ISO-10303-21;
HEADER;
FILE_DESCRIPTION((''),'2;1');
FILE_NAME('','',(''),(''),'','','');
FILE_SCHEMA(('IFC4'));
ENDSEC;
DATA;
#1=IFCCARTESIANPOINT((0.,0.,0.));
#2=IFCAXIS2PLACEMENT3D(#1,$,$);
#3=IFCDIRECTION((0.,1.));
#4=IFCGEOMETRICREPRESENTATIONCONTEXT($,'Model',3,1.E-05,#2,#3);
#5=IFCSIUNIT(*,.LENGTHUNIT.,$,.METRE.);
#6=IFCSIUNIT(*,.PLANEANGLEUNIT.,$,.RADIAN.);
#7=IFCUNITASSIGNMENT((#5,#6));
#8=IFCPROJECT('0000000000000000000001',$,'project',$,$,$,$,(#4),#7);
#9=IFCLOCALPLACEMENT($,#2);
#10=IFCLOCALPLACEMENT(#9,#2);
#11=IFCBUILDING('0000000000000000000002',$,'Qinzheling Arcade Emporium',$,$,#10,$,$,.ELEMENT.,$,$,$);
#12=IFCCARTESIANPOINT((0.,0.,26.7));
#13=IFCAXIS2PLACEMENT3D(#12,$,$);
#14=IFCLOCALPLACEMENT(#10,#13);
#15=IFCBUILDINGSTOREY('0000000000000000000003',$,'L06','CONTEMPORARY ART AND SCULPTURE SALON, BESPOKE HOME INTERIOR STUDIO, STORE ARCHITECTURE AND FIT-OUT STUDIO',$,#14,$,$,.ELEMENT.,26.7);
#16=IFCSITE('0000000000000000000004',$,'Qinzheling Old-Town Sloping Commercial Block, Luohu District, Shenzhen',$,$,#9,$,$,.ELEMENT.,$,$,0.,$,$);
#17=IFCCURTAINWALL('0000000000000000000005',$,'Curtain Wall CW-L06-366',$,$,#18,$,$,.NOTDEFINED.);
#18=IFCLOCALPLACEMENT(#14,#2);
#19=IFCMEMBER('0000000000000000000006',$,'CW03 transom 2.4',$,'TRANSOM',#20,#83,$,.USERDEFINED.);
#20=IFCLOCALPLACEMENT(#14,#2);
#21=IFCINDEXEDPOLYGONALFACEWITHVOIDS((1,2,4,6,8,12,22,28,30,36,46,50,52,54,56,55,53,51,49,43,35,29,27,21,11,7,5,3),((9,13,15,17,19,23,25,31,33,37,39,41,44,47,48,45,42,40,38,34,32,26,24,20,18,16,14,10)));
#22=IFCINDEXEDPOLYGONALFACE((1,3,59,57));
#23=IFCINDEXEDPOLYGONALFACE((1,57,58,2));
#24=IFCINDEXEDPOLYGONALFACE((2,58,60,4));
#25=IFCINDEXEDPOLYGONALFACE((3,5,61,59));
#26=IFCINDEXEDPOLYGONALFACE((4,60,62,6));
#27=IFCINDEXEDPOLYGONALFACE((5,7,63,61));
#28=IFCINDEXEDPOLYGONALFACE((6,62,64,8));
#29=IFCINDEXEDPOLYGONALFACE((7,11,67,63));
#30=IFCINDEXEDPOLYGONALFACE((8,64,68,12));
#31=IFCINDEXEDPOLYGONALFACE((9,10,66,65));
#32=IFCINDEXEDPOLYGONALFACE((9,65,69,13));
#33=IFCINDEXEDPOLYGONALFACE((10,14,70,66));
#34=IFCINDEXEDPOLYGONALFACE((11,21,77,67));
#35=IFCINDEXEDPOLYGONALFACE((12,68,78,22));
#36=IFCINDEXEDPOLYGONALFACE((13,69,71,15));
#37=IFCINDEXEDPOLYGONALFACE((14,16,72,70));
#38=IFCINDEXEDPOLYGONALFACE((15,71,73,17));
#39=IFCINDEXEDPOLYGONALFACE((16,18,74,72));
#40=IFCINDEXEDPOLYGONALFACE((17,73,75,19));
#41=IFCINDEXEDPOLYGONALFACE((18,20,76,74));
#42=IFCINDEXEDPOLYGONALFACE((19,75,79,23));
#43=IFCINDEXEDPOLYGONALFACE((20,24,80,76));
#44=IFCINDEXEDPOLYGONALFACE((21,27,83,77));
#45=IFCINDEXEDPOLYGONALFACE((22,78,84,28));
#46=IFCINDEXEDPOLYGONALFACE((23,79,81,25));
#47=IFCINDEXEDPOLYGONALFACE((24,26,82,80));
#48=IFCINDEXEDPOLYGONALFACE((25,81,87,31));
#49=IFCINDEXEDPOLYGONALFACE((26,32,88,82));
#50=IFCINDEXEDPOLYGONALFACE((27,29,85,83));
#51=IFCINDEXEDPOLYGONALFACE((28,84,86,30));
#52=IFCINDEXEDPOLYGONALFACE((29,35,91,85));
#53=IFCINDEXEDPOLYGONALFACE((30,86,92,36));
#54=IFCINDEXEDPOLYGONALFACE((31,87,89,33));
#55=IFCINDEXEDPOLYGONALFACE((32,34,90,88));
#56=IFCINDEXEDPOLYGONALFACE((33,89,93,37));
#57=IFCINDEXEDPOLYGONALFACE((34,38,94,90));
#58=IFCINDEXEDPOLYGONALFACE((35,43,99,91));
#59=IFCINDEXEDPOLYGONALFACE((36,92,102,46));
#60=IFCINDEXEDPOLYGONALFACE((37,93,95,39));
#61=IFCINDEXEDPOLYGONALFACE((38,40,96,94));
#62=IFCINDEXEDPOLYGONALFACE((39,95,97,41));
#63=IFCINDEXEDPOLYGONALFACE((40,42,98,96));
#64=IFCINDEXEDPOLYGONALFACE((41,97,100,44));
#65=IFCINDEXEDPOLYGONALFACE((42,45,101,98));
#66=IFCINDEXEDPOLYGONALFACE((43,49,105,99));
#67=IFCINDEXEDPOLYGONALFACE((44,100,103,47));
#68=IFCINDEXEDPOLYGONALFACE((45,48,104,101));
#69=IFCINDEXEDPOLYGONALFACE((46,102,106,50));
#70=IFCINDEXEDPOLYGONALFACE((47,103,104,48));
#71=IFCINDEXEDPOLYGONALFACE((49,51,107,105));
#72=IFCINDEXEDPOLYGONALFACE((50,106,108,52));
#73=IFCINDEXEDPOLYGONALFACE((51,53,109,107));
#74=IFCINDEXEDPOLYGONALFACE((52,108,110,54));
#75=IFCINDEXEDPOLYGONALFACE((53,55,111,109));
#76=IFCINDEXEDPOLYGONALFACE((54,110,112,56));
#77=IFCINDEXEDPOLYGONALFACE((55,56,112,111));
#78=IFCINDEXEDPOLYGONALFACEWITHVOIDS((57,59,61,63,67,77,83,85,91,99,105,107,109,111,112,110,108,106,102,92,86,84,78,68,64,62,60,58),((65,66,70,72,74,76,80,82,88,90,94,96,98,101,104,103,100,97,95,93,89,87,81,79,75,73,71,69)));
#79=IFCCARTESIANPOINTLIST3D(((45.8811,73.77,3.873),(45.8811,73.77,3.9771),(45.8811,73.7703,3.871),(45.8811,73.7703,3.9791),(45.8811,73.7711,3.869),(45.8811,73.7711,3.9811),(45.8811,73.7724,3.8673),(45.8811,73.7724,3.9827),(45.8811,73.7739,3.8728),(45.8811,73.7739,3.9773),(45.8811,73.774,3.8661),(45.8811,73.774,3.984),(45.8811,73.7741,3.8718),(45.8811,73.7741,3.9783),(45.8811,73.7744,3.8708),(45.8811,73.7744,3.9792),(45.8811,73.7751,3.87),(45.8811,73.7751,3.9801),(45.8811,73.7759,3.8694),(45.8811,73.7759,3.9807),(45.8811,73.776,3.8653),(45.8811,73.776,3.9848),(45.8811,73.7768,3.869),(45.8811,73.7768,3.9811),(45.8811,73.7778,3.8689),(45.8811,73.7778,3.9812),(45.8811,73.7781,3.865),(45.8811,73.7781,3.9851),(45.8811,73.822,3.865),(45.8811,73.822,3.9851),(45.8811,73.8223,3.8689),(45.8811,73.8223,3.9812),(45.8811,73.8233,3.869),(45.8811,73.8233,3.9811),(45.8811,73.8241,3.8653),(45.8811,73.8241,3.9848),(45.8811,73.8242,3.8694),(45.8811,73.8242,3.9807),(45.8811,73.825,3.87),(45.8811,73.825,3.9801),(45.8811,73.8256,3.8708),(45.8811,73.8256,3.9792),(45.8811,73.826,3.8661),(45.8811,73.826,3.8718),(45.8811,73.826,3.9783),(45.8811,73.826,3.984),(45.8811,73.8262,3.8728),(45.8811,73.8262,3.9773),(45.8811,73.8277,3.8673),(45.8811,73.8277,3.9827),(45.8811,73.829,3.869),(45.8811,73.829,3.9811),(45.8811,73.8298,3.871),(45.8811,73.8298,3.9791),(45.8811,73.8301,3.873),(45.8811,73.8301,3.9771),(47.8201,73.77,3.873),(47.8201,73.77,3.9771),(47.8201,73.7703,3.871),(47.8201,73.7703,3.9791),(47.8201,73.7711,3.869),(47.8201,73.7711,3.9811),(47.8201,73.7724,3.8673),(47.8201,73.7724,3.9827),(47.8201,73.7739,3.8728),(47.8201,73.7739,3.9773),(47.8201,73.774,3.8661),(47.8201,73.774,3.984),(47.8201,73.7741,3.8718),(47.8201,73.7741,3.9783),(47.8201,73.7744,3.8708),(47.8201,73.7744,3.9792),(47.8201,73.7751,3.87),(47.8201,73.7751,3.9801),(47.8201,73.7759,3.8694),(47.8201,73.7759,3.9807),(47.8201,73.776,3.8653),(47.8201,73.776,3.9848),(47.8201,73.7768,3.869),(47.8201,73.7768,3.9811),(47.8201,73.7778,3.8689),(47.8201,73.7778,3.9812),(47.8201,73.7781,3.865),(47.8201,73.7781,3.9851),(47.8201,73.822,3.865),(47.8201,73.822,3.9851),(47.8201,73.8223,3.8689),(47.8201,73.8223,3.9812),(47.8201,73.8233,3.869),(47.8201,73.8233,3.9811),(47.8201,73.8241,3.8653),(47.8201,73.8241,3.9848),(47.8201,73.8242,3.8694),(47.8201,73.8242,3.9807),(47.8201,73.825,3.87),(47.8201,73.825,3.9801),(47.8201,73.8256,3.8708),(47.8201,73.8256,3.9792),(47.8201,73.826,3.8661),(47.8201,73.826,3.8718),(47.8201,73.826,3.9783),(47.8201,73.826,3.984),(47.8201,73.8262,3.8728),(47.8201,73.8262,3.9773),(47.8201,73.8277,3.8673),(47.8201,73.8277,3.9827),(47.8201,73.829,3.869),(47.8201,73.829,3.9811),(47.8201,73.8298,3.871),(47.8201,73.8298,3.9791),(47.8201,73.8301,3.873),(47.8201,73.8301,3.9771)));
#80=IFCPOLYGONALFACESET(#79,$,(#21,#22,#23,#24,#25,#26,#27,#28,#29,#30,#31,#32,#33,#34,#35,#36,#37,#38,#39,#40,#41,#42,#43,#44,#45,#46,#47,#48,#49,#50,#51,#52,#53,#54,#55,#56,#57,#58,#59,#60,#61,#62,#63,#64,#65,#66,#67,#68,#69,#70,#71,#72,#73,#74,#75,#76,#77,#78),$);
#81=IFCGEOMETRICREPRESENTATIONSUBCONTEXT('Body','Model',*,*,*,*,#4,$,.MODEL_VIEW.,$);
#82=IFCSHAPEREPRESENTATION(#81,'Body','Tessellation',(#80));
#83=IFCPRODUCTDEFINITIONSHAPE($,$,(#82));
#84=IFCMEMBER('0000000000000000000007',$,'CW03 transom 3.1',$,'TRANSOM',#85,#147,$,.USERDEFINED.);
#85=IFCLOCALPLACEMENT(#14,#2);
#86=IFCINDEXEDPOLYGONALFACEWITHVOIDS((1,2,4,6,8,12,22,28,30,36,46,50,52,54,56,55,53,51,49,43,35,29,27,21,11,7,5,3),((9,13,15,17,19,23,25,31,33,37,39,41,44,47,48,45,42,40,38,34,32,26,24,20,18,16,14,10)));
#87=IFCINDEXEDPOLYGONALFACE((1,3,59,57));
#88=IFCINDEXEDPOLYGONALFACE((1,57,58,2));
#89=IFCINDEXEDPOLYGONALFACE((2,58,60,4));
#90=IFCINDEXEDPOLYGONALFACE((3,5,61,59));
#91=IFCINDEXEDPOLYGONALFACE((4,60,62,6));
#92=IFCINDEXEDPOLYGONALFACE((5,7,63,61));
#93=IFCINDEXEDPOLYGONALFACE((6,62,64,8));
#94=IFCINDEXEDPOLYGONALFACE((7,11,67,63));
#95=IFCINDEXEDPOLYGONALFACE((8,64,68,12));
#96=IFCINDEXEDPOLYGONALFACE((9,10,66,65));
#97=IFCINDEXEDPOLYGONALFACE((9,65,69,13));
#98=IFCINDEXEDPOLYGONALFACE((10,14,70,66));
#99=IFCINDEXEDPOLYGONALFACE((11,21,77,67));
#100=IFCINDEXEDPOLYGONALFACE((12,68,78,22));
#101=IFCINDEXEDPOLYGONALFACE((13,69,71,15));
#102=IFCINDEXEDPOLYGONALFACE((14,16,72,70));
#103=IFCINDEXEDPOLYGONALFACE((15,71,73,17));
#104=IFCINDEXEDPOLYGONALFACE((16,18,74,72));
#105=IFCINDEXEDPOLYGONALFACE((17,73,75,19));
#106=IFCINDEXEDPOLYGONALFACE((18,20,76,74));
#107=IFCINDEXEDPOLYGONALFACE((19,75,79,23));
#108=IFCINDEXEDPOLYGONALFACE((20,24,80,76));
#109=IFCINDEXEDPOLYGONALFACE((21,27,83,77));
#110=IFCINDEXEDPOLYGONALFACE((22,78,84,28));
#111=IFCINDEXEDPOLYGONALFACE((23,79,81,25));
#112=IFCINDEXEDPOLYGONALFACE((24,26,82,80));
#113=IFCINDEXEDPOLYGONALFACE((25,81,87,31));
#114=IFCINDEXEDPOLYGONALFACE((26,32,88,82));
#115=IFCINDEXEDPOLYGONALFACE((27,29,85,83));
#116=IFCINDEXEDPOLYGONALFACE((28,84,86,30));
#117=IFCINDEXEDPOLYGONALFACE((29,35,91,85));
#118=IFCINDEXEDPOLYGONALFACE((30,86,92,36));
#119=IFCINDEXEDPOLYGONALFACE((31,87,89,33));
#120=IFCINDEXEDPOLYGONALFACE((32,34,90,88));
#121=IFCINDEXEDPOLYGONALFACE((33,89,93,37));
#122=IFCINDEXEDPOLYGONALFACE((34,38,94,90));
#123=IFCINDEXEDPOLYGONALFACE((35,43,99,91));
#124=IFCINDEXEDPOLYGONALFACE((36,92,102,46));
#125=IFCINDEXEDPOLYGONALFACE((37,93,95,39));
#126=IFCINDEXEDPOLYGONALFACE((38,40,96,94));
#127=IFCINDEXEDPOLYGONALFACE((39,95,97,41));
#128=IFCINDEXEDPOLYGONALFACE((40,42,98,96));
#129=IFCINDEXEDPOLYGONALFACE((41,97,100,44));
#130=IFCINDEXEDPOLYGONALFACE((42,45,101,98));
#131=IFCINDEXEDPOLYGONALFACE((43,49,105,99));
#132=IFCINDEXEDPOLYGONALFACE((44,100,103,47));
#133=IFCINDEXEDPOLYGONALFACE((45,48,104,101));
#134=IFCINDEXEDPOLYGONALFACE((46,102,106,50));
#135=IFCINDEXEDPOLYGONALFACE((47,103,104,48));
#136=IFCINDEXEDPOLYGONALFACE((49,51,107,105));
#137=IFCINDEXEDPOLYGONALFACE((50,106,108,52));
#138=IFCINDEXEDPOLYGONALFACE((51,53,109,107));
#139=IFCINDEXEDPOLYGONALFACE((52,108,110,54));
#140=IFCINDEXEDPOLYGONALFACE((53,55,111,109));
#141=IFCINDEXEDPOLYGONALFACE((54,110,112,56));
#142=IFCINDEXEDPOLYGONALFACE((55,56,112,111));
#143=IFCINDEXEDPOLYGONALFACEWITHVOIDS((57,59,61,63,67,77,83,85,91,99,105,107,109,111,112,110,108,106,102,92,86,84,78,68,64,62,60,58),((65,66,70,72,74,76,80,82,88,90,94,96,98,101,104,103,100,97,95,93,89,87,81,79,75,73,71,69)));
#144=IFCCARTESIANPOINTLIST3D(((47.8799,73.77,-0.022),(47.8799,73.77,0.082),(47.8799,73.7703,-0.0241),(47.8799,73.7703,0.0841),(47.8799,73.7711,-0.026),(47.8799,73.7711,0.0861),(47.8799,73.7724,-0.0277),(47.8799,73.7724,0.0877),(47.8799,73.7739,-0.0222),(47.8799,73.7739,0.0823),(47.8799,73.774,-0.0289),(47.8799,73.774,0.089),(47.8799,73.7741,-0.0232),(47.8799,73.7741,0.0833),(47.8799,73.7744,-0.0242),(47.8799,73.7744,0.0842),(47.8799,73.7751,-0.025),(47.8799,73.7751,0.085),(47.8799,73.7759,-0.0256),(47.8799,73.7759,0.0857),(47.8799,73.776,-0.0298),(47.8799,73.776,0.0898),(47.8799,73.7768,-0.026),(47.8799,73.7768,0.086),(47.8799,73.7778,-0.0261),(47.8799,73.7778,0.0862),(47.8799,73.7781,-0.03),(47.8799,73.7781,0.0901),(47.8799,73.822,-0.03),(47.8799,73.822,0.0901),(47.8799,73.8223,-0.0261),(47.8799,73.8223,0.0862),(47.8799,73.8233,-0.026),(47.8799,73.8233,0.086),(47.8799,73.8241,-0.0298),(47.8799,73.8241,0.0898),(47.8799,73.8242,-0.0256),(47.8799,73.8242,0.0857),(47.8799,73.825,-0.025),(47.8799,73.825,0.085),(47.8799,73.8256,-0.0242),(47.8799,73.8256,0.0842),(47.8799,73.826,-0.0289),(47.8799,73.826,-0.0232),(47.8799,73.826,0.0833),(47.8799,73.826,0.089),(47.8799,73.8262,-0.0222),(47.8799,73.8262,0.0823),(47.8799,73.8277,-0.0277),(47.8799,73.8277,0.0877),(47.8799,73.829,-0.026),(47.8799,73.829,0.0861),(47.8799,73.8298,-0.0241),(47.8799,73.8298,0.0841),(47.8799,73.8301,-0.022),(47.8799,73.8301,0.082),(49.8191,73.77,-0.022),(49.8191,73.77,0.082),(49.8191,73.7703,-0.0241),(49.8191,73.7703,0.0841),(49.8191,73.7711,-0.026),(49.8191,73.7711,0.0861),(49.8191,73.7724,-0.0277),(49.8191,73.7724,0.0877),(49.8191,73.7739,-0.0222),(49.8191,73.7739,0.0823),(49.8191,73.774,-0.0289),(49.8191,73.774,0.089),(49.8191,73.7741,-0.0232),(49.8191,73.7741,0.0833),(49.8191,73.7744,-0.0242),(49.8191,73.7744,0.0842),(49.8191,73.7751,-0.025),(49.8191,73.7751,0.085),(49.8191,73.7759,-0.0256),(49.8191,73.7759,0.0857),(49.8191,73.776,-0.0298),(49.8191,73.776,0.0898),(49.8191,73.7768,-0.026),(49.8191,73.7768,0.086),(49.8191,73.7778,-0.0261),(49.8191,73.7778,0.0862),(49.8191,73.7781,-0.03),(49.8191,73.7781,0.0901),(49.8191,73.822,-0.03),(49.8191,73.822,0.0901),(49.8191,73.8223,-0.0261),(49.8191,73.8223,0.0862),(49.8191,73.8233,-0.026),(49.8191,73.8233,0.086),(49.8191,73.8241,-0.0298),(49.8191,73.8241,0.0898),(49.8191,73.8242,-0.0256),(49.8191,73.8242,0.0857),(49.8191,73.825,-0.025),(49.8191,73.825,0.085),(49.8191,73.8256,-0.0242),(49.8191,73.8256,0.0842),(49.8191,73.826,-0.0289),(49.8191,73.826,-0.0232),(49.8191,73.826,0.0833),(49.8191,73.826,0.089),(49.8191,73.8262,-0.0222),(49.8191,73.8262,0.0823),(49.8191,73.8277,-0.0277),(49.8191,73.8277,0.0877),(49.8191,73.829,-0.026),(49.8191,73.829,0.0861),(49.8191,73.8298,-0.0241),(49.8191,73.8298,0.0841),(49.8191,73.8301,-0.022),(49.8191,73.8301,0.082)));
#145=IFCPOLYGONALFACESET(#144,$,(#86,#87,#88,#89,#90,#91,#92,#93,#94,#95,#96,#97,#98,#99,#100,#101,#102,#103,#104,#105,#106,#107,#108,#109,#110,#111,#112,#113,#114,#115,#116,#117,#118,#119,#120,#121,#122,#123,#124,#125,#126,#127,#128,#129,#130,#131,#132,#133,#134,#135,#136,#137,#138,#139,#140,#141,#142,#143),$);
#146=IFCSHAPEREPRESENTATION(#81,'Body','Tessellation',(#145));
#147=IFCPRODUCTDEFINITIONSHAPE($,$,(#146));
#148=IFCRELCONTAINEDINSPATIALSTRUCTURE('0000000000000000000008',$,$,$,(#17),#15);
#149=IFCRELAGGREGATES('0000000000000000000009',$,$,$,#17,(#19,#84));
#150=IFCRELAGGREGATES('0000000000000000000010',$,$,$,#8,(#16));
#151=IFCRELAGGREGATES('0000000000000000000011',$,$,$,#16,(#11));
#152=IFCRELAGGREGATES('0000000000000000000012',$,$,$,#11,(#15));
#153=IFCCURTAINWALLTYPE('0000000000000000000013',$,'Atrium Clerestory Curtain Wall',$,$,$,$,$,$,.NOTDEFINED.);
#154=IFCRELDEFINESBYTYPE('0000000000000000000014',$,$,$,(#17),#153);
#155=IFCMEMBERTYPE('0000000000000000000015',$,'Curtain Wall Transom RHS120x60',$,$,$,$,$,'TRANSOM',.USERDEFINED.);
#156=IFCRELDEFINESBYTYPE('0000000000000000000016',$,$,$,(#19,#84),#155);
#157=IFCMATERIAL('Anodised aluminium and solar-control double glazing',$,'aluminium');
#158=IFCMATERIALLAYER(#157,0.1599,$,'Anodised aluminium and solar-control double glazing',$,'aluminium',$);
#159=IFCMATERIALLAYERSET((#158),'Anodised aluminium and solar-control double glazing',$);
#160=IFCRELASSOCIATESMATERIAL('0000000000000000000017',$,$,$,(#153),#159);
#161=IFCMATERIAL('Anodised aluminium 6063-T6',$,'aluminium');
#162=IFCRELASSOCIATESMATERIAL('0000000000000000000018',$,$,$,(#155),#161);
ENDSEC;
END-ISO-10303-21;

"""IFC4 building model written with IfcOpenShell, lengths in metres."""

from ifc_helpers import new_model, si_unit, direction, frame, origin, origin_2d, place, context, subcontext, project, spatial, hollow_rectangle, extrude, material, layer, layer_set, material_profile, profile_set, type_object, element, aggregate, save


model = new_model("IFC4")

# Units and contexts
model_context = context("Model", 3, precision=1e-05, world=origin(), true_north=direction((0.0, 1.0)))
body_context = subcontext(model_context, "Body", "Model", "MODEL_VIEW")
ifc_project = project(units=[si_unit("LENGTHUNIT", "METRE"), si_unit("PLANEANGLEUNIT", "RADIAN")], contexts=[model_context])

# Site, building, storey
site_placement = place(None, origin())
site = spatial("IfcSite", under=ifc_project, at=site_placement, Name="Qinzheling Old-Town Sloping Commercial Block, Luohu District, Shenzhen", CompositionType="ELEMENT", RefElevation=0.0)
building_placement = place(site_placement, origin())
building = spatial("IfcBuilding", under=site, at=building_placement, Name="Qinzheling Arcade Emporium", CompositionType="ELEMENT")
storey_placement = place(building_placement, frame((0.0, 0.0, 26.7)))
storey = spatial("IfcBuildingStorey", under=building, at=storey_placement, Name="L06", Description="CONTEMPORARY ART AND SCULPTURE SALON, BESPOKE HOME INTERIOR STUDIO, STORE ARCHITECTURE AND FIT-OUT STUDIO", CompositionType="ELEMENT", Elevation=26.7)

# Curtain wall, members
ifc_material_1 = material(Name="Anodised aluminium and solar-control double glazing", Category="aluminium")
ifc_layer_1 = layer(ifc_material_1, 0.1599, Name="Anodised aluminium and solar-control double glazing", Category="aluminium")
ifc_layer_set_1 = layer_set([ifc_layer_1], Name="Anodised aluminium and solar-control double glazing")
curtain_wall_type = type_object("IfcCurtainWallType", Name="Atrium Clerestory Curtain Wall", PredefinedType="NOTDEFINED", material=ifc_layer_set_1)
curtain_wall_placement = place(storey_placement, origin())
curtain_wall = element("IfcCurtainWall", 1, at=curtain_wall_placement, inside=storey, type_object=curtain_wall_type, Name="Curtain Wall CW-L06-366", PredefinedType="NOTDEFINED")
ifc_material_2 = material(Name="Anodised aluminium 6063-T6", Category="aluminium")
ifc_material_profile_1 = material_profile(ifc_material_2, hollow_rectangle(XDim=0.0601, YDim=0.1201, WallThickness=0.0039, InnerFilletRadius=0.0039, OuterFilletRadius=0.0081, at=origin_2d()), Name="RHS 120x60x4", Category="aluminium")
ifc_profile_set_1 = profile_set([ifc_material_profile_1], Name="Anodised aluminium 6063-T6")
member_type_1 = type_object("IfcMemberType", Name="Curtain Wall Transom RHS120x60", ElementType="TRANSOM", PredefinedType="USERDEFINED", material=ifc_profile_set_1)
member_1_placement = place(storey_placement, frame((45.8811, 73.8, 3.925), z_axis=(1.0, 0.0, 0.0), x_axis=(0.0, 1.0, 0.0)))
member_1 = element("IfcMember", 2, at=member_1_placement, type_object=member_type_1, Name="CW03 transom 2.4", ObjectType="TRANSOM", PredefinedType="USERDEFINED", context=body_context, shape_type="SweptSolid", body=[
    extrude(hollow_rectangle(XDim=0.0601, YDim=0.1201, WallThickness=0.0039, InnerFilletRadius=0.0039, OuterFilletRadius=0.0081, at=origin_2d()), origin(), (0.0, 0.0, 1.0), 1.939),
])
member_2_placement = place(storey_placement, frame((47.8799, 73.8, 0.03), z_axis=(1.0, 0.0, 0.0), x_axis=(0.0, 1.0, 0.0)))
member_2 = element("IfcMember", 3, at=member_2_placement, type_object=member_type_1, Name="CW03 transom 3.1", ObjectType="TRANSOM", PredefinedType="USERDEFINED", context=body_context, shape_type="SweptSolid", body=[
    extrude(hollow_rectangle(XDim=0.0601, YDim=0.1201, WallThickness=0.0039, InnerFilletRadius=0.0039, OuterFilletRadius=0.0081, at=origin_2d()), origin(), (0.0, 0.0, 1.0), 1.9392),
])

aggregate(curtain_wall, [member_1, member_2])

save(model, "model.ifc")
